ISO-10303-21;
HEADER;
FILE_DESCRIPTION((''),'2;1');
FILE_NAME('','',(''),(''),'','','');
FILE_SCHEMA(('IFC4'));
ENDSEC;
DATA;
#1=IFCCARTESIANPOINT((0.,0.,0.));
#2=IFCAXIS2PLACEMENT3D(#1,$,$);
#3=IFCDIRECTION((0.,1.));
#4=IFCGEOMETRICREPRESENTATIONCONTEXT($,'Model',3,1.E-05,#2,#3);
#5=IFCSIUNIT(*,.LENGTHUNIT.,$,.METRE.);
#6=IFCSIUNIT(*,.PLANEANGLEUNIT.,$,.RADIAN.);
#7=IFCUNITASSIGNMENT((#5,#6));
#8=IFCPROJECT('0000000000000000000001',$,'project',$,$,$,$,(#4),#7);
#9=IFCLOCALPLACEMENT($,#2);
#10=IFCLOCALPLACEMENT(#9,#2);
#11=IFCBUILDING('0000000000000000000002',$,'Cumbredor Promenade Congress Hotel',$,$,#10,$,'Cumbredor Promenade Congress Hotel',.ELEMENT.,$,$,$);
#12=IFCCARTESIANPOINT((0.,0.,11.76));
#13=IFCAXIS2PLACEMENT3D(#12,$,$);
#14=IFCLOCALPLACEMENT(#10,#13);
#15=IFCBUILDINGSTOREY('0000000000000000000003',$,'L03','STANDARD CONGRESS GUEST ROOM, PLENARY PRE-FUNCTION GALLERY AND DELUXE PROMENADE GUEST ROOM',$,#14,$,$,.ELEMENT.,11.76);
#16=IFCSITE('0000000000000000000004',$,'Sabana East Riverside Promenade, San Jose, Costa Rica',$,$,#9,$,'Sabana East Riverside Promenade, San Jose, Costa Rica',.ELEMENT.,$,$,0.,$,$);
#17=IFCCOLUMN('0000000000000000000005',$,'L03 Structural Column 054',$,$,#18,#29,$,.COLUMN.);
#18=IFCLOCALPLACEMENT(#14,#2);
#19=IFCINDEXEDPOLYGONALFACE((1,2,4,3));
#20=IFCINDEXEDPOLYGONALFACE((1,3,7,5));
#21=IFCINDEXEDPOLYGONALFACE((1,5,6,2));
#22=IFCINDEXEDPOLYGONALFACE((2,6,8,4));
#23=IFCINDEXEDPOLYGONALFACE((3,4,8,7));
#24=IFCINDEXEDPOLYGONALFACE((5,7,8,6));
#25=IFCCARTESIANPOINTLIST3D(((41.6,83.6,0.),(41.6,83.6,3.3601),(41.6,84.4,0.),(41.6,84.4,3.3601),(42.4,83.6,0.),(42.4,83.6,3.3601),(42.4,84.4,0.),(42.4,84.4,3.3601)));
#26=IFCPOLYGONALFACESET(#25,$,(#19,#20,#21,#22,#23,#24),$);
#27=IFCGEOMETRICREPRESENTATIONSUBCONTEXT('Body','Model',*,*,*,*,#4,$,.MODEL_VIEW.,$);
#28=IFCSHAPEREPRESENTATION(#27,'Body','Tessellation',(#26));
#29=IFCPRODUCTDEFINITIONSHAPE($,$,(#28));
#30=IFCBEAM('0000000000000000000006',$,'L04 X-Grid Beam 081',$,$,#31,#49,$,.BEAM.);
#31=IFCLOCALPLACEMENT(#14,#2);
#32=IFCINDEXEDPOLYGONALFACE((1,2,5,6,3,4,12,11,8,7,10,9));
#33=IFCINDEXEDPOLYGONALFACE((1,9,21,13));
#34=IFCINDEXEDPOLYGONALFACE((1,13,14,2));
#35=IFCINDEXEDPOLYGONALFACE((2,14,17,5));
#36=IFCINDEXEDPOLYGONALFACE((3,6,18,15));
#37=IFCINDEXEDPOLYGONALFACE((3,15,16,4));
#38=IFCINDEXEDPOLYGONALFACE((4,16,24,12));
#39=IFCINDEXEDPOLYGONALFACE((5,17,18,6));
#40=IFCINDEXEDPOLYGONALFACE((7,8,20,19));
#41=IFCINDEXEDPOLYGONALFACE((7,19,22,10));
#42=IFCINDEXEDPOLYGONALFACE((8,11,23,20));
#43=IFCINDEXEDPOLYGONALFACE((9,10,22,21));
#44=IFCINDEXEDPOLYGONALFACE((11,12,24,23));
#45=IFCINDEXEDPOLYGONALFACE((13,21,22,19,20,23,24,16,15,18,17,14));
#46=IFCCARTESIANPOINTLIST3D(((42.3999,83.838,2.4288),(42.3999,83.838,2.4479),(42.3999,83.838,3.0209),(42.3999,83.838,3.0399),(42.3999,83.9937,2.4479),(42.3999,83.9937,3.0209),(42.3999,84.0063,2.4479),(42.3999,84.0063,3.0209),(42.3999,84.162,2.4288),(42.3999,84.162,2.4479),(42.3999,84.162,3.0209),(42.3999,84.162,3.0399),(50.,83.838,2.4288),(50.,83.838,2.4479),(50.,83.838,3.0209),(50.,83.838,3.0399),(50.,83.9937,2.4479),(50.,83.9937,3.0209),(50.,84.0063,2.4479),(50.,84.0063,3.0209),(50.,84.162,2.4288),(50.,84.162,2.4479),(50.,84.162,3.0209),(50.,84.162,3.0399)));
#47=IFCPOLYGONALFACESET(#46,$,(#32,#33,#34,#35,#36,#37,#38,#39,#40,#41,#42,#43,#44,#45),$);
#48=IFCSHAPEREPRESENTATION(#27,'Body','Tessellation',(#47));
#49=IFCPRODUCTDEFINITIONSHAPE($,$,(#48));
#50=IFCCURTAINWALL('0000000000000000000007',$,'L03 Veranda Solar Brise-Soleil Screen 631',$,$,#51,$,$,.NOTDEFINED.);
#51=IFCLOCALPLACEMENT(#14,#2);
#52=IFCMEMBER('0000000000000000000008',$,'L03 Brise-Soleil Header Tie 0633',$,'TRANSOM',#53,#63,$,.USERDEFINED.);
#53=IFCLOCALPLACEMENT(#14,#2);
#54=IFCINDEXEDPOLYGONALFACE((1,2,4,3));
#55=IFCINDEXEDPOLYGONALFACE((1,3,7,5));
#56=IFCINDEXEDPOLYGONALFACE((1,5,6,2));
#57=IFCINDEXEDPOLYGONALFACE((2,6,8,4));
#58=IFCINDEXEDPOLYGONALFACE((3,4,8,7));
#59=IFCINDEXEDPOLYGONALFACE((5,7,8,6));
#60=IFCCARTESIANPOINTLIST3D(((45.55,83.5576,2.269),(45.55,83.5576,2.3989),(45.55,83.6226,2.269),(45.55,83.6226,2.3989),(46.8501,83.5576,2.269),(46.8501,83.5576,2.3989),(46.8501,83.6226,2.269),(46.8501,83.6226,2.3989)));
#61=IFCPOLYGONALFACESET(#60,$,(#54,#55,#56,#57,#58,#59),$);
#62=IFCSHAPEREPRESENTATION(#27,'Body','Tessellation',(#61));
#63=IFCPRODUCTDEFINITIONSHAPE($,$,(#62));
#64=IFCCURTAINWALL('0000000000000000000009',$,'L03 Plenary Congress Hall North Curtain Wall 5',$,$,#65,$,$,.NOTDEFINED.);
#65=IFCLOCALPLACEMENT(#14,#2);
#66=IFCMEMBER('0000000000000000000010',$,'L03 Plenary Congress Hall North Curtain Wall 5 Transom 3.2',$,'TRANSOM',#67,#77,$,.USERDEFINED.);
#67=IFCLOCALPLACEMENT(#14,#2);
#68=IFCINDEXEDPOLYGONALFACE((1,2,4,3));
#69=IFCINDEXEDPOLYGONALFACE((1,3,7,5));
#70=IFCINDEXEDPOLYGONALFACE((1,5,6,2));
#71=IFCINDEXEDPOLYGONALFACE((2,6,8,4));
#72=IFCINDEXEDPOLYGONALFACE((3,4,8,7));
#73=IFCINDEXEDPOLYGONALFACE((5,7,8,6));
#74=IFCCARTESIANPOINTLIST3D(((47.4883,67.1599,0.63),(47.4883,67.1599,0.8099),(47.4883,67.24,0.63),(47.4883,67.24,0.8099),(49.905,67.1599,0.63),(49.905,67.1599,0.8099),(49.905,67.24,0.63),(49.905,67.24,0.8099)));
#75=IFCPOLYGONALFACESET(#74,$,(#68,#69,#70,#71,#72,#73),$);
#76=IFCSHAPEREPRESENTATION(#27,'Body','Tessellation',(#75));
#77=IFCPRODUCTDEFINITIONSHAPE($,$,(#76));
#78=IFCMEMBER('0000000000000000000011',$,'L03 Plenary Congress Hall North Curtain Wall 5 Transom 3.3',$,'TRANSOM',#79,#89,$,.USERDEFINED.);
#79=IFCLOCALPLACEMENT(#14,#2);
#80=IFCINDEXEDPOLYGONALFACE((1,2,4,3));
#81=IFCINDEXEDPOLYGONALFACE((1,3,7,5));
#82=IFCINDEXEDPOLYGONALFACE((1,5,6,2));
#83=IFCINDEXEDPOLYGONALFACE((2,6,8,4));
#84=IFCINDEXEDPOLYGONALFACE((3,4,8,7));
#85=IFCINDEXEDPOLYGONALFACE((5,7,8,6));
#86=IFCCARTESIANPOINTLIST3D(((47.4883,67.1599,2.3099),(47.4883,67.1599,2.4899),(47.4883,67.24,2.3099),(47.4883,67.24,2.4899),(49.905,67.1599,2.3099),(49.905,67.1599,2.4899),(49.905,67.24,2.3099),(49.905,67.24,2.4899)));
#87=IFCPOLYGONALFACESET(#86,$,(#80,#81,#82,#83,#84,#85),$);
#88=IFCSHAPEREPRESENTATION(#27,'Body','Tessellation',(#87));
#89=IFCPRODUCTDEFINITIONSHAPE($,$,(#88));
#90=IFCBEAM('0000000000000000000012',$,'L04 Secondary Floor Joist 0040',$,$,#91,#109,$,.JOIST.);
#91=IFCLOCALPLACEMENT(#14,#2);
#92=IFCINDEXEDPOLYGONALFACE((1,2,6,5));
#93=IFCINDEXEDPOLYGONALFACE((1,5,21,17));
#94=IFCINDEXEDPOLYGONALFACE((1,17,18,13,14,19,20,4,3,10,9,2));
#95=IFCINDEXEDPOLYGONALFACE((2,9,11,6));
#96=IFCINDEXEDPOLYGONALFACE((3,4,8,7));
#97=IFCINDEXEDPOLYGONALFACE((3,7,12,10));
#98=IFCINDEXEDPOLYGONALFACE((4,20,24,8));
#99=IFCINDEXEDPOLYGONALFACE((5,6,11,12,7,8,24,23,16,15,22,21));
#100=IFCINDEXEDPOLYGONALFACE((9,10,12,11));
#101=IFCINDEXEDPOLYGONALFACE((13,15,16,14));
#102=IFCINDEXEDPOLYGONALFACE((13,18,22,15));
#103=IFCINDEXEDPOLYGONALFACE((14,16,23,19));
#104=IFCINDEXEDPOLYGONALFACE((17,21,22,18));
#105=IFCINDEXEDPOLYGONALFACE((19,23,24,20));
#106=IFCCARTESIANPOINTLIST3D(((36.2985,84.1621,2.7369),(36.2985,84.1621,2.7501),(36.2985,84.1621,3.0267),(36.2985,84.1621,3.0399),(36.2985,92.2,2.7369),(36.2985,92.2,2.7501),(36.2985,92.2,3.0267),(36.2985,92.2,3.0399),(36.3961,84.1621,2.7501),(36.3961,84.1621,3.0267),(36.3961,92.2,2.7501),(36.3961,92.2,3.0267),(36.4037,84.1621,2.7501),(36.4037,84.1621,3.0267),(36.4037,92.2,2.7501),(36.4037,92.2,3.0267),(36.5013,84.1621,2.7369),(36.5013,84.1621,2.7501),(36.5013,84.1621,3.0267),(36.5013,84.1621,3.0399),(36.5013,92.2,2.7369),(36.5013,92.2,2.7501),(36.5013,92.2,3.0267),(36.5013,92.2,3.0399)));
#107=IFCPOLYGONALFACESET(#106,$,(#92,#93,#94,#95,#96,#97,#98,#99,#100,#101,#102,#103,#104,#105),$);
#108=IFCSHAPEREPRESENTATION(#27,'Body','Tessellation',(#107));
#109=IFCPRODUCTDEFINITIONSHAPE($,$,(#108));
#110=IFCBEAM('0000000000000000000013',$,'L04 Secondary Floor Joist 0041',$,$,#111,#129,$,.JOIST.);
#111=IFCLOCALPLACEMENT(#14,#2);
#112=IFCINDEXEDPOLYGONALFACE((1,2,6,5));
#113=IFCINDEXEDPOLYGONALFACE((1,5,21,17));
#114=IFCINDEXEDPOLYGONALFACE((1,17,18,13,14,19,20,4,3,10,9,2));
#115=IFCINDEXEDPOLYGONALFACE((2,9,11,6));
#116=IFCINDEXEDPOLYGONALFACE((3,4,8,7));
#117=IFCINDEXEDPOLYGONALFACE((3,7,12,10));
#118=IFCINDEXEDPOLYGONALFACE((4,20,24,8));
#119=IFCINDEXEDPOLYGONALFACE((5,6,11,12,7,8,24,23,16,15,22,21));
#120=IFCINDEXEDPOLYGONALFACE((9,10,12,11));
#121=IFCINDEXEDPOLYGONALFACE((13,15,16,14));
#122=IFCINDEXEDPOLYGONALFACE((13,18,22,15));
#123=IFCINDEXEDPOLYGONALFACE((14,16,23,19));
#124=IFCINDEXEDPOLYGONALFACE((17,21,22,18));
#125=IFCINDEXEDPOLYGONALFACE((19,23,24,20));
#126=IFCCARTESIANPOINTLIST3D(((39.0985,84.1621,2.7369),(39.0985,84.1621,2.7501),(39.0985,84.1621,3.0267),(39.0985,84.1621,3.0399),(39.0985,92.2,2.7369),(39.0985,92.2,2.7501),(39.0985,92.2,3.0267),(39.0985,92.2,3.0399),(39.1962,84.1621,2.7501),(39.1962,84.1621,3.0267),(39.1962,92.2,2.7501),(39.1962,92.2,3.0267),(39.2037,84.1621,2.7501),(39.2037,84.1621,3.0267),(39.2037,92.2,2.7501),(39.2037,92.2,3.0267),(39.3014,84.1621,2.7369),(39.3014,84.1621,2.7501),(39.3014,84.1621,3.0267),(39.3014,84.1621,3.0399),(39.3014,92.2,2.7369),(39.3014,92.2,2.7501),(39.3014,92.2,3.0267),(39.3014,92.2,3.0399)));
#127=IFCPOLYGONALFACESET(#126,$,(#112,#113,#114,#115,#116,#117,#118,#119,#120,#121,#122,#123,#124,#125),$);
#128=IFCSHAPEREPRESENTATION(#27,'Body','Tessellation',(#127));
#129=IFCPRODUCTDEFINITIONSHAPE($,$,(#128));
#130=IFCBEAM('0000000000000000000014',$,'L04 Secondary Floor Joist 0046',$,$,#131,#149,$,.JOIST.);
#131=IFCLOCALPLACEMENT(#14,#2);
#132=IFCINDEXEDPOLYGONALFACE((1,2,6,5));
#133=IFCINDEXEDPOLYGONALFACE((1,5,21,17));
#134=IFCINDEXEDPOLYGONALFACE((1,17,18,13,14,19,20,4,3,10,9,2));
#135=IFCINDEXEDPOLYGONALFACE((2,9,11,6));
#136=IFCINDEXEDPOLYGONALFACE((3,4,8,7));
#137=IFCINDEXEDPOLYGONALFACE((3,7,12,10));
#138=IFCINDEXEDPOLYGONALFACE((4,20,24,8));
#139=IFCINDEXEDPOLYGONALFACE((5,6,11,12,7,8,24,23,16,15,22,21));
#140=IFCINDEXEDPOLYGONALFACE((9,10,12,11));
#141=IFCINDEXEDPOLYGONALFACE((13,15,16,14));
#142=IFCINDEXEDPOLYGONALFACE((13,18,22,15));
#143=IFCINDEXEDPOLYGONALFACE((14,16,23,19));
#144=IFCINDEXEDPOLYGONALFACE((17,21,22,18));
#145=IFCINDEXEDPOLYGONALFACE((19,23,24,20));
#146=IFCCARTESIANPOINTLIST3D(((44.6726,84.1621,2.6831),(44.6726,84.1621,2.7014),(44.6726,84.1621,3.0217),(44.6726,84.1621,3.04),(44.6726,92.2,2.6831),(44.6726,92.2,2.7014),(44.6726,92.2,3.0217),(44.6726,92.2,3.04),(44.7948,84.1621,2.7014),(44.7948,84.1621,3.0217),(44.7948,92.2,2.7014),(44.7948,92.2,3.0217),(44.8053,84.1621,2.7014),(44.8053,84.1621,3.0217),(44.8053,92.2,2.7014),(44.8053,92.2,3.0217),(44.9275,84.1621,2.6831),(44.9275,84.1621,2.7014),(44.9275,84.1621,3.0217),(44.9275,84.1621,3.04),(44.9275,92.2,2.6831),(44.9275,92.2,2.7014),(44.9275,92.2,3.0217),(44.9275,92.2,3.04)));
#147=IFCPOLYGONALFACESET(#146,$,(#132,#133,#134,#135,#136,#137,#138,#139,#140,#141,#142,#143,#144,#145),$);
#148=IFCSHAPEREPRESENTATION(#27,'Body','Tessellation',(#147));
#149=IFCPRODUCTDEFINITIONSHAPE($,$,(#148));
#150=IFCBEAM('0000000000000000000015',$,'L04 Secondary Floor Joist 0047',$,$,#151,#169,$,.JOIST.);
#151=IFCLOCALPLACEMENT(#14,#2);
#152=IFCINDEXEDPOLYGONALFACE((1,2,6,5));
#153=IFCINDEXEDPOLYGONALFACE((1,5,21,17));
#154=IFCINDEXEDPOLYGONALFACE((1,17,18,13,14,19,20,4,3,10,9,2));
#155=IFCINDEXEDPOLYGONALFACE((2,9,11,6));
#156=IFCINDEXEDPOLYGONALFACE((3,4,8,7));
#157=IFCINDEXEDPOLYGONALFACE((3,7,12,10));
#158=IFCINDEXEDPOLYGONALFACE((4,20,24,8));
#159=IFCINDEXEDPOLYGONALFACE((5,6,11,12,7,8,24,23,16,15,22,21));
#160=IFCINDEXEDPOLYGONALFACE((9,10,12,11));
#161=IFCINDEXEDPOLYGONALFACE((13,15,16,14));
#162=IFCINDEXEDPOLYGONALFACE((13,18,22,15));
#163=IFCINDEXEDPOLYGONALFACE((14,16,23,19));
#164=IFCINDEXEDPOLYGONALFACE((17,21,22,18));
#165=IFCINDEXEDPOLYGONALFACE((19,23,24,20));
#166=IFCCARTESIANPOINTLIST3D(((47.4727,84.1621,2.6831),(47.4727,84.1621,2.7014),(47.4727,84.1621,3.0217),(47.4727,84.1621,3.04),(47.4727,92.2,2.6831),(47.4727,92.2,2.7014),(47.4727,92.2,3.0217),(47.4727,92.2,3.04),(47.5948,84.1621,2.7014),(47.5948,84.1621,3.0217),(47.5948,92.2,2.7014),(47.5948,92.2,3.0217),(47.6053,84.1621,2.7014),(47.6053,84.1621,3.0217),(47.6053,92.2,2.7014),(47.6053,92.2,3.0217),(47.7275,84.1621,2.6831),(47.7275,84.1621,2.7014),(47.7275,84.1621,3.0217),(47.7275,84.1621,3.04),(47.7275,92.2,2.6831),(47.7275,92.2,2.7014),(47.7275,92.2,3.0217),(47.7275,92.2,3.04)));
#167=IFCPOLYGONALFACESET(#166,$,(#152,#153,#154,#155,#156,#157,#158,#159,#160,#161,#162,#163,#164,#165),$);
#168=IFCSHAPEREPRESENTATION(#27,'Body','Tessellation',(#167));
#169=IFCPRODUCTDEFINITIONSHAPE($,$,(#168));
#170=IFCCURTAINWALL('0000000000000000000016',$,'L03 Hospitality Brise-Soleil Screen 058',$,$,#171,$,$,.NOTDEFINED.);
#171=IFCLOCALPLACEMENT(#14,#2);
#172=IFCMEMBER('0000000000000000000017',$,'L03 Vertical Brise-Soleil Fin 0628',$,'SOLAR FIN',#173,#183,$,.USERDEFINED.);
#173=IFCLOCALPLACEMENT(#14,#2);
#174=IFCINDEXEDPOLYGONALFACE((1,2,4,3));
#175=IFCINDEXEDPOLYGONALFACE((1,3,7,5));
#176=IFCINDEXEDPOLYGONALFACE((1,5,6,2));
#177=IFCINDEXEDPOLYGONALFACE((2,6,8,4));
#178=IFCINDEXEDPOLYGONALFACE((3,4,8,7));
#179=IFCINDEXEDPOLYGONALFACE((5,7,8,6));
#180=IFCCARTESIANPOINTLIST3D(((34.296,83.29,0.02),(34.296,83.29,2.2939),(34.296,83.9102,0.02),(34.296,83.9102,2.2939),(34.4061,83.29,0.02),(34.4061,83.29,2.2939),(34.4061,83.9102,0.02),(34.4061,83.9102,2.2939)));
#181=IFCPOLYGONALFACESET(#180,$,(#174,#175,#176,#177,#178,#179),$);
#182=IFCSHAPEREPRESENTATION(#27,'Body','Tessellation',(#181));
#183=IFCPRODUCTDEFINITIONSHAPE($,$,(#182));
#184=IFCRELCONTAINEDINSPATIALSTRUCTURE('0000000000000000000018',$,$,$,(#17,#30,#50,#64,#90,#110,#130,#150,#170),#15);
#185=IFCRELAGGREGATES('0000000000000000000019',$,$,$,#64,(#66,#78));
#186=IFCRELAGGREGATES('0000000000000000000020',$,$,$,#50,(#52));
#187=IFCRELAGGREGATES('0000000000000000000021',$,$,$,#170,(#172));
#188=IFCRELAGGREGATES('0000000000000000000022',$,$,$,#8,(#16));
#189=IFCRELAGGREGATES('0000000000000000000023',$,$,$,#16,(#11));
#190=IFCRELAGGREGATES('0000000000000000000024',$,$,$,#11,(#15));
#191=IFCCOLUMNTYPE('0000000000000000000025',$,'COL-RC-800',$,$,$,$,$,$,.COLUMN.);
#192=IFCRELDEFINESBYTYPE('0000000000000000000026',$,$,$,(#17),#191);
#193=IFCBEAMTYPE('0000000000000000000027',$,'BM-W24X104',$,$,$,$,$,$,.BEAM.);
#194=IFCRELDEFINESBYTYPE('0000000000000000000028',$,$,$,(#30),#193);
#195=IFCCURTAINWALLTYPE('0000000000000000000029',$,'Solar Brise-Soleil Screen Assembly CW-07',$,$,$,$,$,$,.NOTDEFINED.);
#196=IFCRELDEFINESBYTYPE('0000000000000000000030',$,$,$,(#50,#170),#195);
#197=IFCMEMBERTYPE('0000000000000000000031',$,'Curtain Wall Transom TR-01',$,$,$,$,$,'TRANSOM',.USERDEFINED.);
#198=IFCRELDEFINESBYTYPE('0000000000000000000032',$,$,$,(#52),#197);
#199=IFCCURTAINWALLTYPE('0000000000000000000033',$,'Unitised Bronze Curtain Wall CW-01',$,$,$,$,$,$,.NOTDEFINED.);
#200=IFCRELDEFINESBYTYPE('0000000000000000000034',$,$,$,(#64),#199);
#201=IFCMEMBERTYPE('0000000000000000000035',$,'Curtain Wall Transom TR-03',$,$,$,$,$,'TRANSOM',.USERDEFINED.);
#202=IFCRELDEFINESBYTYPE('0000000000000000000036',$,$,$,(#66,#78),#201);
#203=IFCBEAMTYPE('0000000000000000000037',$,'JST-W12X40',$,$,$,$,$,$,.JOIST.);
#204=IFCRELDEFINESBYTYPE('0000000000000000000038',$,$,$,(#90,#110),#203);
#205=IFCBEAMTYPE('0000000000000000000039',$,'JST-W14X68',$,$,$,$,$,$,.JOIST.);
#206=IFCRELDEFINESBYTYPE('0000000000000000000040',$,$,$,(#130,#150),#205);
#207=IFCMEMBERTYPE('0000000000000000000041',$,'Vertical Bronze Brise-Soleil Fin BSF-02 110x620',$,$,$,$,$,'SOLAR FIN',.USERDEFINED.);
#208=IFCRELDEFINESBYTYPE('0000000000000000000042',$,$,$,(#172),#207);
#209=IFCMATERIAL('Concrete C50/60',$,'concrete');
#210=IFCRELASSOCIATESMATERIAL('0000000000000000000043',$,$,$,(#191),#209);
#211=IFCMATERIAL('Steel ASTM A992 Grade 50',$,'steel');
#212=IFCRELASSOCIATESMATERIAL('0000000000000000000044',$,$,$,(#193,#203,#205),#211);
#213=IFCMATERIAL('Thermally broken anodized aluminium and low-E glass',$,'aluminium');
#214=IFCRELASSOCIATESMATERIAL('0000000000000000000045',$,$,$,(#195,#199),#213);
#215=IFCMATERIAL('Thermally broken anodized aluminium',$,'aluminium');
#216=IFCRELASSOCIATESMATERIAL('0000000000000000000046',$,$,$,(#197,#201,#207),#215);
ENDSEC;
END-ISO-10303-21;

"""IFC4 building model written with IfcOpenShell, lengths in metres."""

from ifc_helpers import new_model, si_unit, direction, frame, origin, origin_2d, place, context, subcontext, project, spatial, rectangle, i_section, extrude, material, material_profile, profile_set, type_object, element, aggregate, save


model = new_model("IFC4")

# Units and contexts
model_context = context("Model", 3, precision=1e-05, world=origin(), true_north=direction((0.0, 1.0)))
body_context = subcontext(model_context, "Body", "Model", "MODEL_VIEW")
ifc_project = project(units=[si_unit("LENGTHUNIT", "METRE"), si_unit("PLANEANGLEUNIT", "RADIAN")], contexts=[model_context])

# Site, building, storey
site_placement = place(None, origin())
site = spatial("IfcSite", under=ifc_project, at=site_placement, Name="Sabana East Riverside Promenade, San Jose, Costa Rica", LongName="Sabana East Riverside Promenade, San Jose, Costa Rica", CompositionType="ELEMENT", RefElevation=0.0)
building_placement = place(site_placement, origin())
building = spatial("IfcBuilding", under=site, at=building_placement, Name="Cumbredor Promenade Congress Hotel", LongName="Cumbredor Promenade Congress Hotel", CompositionType="ELEMENT")
storey_placement = place(building_placement, frame((0.0, 0.0, 11.76)))
storey = spatial("IfcBuildingStorey", under=building, at=storey_placement, Name="L03", Description="STANDARD CONGRESS GUEST ROOM, PLENARY PRE-FUNCTION GALLERY AND DELUXE PROMENADE GUEST ROOM", CompositionType="ELEMENT", Elevation=11.76)

# Column
ifc_material_1 = material(Name="Concrete C50/60", Category="concrete")
ifc_material_profile_1 = material_profile(ifc_material_1, rectangle(XDim=0.8, YDim=0.8, at=origin_2d()), Name="RC 800x800")
ifc_profile_set_1 = profile_set([ifc_material_profile_1], Name="Concrete C50/60")
column_type = type_object("IfcColumnType", Name="COL-RC-800", PredefinedType="COLUMN", material=ifc_profile_set_1)
column_placement = place(storey_placement, frame((42.0, 84.0, 0.0), z_axis=(0.0, 0.0, 1.0), x_axis=(1.0, 0.0, 0.0)))
element("IfcColumn", 1, at=column_placement, inside=storey, type_object=column_type, Name="L03 Structural Column 054", PredefinedType="COLUMN", context=body_context, shape_type="SweptSolid", body=[
    extrude(rectangle(XDim=0.8, YDim=0.8, at=origin_2d()), origin(), (0.0, 0.0, 1.0), 3.3601),
])

# Beam
ifc_material_2 = material(Name="Steel ASTM A992 Grade 50", Category="steel")
ifc_material_profile_2 = material_profile(ifc_material_2, i_section(OverallWidth=0.324, OverallDepth=0.6111, WebThickness=0.0127, FlangeThickness=0.019, at=origin_2d()), Name="W24X104")
ifc_profile_set_2 = profile_set([ifc_material_profile_2], Name="Steel ASTM A992 Grade 50")
beam_type_1 = type_object("IfcBeamType", Name="BM-W24X104", PredefinedType="BEAM", material=ifc_profile_set_2)
beam_placement = place(storey_placement, frame((42.3999, 84.0, 2.7344), z_axis=(1.0, 0.0, 0.0), x_axis=(0.0, 1.0, 0.0)))
element("IfcBeam", 2, at=beam_placement, inside=storey, type_object=beam_type_1, Name="L04 X-Grid Beam 081", PredefinedType="BEAM", context=body_context, shape_type="SweptSolid", body=[
    extrude(i_section(OverallWidth=0.324, OverallDepth=0.6111, WebThickness=0.0127, FlangeThickness=0.019, at=origin_2d()), origin(), (0.0, 0.0, 1.0), 7.6001),
])

# Curtain wall, member
ifc_material_3 = material(Name="Thermally broken anodized aluminium and low-E glass", Category="aluminium")
curtain_wall_type_1 = type_object("IfcCurtainWallType", Name="Solar Brise-Soleil Screen Assembly CW-07", PredefinedType="NOTDEFINED", material=ifc_material_3)
curtain_wall_1_placement = place(storey_placement, origin())
curtain_wall_1 = element("IfcCurtainWall", 3, at=curtain_wall_1_placement, inside=storey, type_object=curtain_wall_type_1, Name="L03 Veranda Solar Brise-Soleil Screen 631", PredefinedType="NOTDEFINED")
ifc_material_4 = material(Name="Thermally broken anodized aluminium", Category="aluminium")
ifc_material_profile_3 = material_profile(ifc_material_4, rectangle(XDim=0.0649, YDim=0.1299, at=origin_2d()), Name="ALU TRANSOM 65x130")
ifc_profile_set_3 = profile_set([ifc_material_profile_3], Name="Thermally broken anodized aluminium")
member_type_1 = type_object("IfcMemberType", Name="Curtain Wall Transom TR-01", ElementType="TRANSOM", PredefinedType="USERDEFINED", material=ifc_profile_set_3)
member_1_placement = place(storey_placement, frame((45.55, 83.5901, 2.334), z_axis=(1.0, 0.0, 0.0), x_axis=(0.0, 1.0, 0.0)))
member_1 = element("IfcMember", 4, at=member_1_placement, type_object=member_type_1, Name="L03 Brise-Soleil Header Tie 0633", ObjectType="TRANSOM", PredefinedType="USERDEFINED", context=body_context, shape_type="SweptSolid", body=[
    extrude(rectangle(XDim=0.0649, YDim=0.1299, at=origin_2d()), origin(), (0.0, 0.0, 1.0), 1.3),
])

# Curtain wall, members
curtain_wall_type_2 = type_object("IfcCurtainWallType", Name="Unitised Bronze Curtain Wall CW-01", PredefinedType="NOTDEFINED", material=ifc_material_3)
curtain_wall_2_placement = place(storey_placement, origin())
curtain_wall_2 = element("IfcCurtainWall", 5, at=curtain_wall_2_placement, inside=storey, type_object=curtain_wall_type_2, Name="L03 Plenary Congress Hall North Curtain Wall 5", PredefinedType="NOTDEFINED")
ifc_material_profile_4 = material_profile(ifc_material_4, rectangle(XDim=0.0801, YDim=0.1799, at=origin_2d()), Name="ALU TRANSOM 80x180")
ifc_profile_set_4 = profile_set([ifc_material_profile_4], Name="Thermally broken anodized aluminium")
member_type_2 = type_object("IfcMemberType", Name="Curtain Wall Transom TR-03", ElementType="TRANSOM", PredefinedType="USERDEFINED", material=ifc_profile_set_4)
member_2_placement = place(storey_placement, frame((47.4883, 67.2, 0.72), z_axis=(1.0, 0.0, 0.0), x_axis=(0.0, 1.0, 0.0)))
member_2 = element("IfcMember", 6, at=member_2_placement, type_object=member_type_2, Name="L03 Plenary Congress Hall North Curtain Wall 5 Transom 3.2", ObjectType="TRANSOM", PredefinedType="USERDEFINED", context=body_context, shape_type="SweptSolid", body=[
    extrude(rectangle(XDim=0.0801, YDim=0.1799, at=origin_2d()), origin(), (0.0, 0.0, 1.0), 2.4167),
])
member_3_placement = place(storey_placement, frame((47.4883, 67.2, 2.3999), z_axis=(1.0, 0.0, 0.0), x_axis=(0.0, 1.0, 0.0)))
member_3 = element("IfcMember", 7, at=member_3_placement, type_object=member_type_2, Name="L03 Plenary Congress Hall North Curtain Wall 5 Transom 3.3", ObjectType="TRANSOM", PredefinedType="USERDEFINED", context=body_context, shape_type="SweptSolid", body=[
    extrude(rectangle(XDim=0.0801, YDim=0.1799, at=origin_2d()), origin(), (0.0, 0.0, 1.0), 2.4167),
])
aggregate(curtain_wall_2, [member_2, member_3])

# Beams
ifc_material_profile_5 = material_profile(ifc_material_2, i_section(OverallWidth=0.2029, OverallDepth=0.303, WebThickness=0.0076, FlangeThickness=0.0132, at=origin_2d()), Name="W12X40")
ifc_profile_set_5 = profile_set([ifc_material_profile_5], Name="Steel ASTM A992 Grade 50")
beam_type_2 = type_object("IfcBeamType", Name="JST-W12X40", PredefinedType="JOIST", material=ifc_profile_set_5)
for number, where, z_axis, x_axis, name in (
    (8, (36.3999, 84.1621, 2.8884), (0.0, 1.0, 0.0), (-1.0, 0.0, 0.0), "L04 Secondary Floor Joist 0040"),
    (9, (39.2, 84.1621, 2.8884), (0.0, 1.0, 0.0), (-1.0, 0.0, 0.0), "L04 Secondary Floor Joist 0041"),
):
    element("IfcBeam", number, at=place(storey_placement, frame(where, z_axis=z_axis, x_axis=x_axis)), inside=storey, type_object=beam_type_2, Name=name, PredefinedType="JOIST", context=body_context, shape_type="SweptSolid", body=[
        extrude(i_section(OverallWidth=0.2029, OverallDepth=0.303, WebThickness=0.0076, FlangeThickness=0.0132, at=origin_2d()), origin(), (0.0, 0.0, 1.0), 8.0378),
    ])
ifc_material_profile_6 = material_profile(ifc_material_2, i_section(OverallWidth=0.2549, OverallDepth=0.3569, WebThickness=0.0105, FlangeThickness=0.0183, at=origin_2d()), Name="W14X68")
ifc_profile_set_6 = profile_set([ifc_material_profile_6], Name="Steel ASTM A992 Grade 50")
beam_type_3 = type_object("IfcBeamType", Name="JST-W14X68", PredefinedType="JOIST", material=ifc_profile_set_6)
for number, where, z_axis, x_axis, name in (
    (10, (44.8, 84.1621, 2.8616), (0.0, 1.0, 0.0), (-1.0, 0.0, 0.0), "L04 Secondary Floor Joist 0046"),
    (11, (47.6001, 84.1621, 2.8616), (0.0, 1.0, 0.0), (-1.0, 0.0, 0.0), "L04 Secondary Floor Joist 0047"),
):
    element("IfcBeam", number, at=place(storey_placement, frame(where, z_axis=z_axis, x_axis=x_axis)), inside=storey, type_object=beam_type_3, Name=name, PredefinedType="JOIST", context=body_context, shape_type="SweptSolid", body=[
        extrude(i_section(OverallWidth=0.2549, OverallDepth=0.3569, WebThickness=0.0105, FlangeThickness=0.0183, at=origin_2d()), origin(), (0.0, 0.0, 1.0), 8.0378),
    ])

# Curtain wall, member
curtain_wall_3_placement = place(storey_placement, origin())
curtain_wall_3 = element("IfcCurtainWall", 12, at=curtain_wall_3_placement, inside=storey, type_object=curtain_wall_type_1, Name="L03 Hospitality Brise-Soleil Screen 058", PredefinedType="NOTDEFINED")
ifc_material_profile_7 = material_profile(ifc_material_4, rectangle(XDim=0.1101, YDim=0.6201, at=origin_2d()), Name="ARCH FIN 110x620")
ifc_profile_set_7 = profile_set([ifc_material_profile_7], Name="Thermally broken anodized aluminium")
member_type_3 = type_object("IfcMemberType", Name="Vertical Bronze Brise-Soleil Fin BSF-02 110x620", ElementType="SOLAR FIN", PredefinedType="USERDEFINED", material=ifc_profile_set_7)
member_4_placement = place(storey_placement, frame((34.3511, 83.6001, 0.02), z_axis=(0.0, 0.0, 1.0), x_axis=(1.0, 0.0, 0.0)))
member_4 = element("IfcMember", 13, at=member_4_placement, type_object=member_type_3, Name="L03 Vertical Brise-Soleil Fin 0628", ObjectType="SOLAR FIN", PredefinedType="USERDEFINED", context=body_context, shape_type="SweptSolid", body=[
    extrude(rectangle(XDim=0.1101, YDim=0.6201, at=origin_2d()), origin(), (0.0, 0.0, 1.0), 2.2739),
])

aggregate(curtain_wall_1, [member_1])

aggregate(curtain_wall_3, [member_4])

save(model, "model.ifc")
